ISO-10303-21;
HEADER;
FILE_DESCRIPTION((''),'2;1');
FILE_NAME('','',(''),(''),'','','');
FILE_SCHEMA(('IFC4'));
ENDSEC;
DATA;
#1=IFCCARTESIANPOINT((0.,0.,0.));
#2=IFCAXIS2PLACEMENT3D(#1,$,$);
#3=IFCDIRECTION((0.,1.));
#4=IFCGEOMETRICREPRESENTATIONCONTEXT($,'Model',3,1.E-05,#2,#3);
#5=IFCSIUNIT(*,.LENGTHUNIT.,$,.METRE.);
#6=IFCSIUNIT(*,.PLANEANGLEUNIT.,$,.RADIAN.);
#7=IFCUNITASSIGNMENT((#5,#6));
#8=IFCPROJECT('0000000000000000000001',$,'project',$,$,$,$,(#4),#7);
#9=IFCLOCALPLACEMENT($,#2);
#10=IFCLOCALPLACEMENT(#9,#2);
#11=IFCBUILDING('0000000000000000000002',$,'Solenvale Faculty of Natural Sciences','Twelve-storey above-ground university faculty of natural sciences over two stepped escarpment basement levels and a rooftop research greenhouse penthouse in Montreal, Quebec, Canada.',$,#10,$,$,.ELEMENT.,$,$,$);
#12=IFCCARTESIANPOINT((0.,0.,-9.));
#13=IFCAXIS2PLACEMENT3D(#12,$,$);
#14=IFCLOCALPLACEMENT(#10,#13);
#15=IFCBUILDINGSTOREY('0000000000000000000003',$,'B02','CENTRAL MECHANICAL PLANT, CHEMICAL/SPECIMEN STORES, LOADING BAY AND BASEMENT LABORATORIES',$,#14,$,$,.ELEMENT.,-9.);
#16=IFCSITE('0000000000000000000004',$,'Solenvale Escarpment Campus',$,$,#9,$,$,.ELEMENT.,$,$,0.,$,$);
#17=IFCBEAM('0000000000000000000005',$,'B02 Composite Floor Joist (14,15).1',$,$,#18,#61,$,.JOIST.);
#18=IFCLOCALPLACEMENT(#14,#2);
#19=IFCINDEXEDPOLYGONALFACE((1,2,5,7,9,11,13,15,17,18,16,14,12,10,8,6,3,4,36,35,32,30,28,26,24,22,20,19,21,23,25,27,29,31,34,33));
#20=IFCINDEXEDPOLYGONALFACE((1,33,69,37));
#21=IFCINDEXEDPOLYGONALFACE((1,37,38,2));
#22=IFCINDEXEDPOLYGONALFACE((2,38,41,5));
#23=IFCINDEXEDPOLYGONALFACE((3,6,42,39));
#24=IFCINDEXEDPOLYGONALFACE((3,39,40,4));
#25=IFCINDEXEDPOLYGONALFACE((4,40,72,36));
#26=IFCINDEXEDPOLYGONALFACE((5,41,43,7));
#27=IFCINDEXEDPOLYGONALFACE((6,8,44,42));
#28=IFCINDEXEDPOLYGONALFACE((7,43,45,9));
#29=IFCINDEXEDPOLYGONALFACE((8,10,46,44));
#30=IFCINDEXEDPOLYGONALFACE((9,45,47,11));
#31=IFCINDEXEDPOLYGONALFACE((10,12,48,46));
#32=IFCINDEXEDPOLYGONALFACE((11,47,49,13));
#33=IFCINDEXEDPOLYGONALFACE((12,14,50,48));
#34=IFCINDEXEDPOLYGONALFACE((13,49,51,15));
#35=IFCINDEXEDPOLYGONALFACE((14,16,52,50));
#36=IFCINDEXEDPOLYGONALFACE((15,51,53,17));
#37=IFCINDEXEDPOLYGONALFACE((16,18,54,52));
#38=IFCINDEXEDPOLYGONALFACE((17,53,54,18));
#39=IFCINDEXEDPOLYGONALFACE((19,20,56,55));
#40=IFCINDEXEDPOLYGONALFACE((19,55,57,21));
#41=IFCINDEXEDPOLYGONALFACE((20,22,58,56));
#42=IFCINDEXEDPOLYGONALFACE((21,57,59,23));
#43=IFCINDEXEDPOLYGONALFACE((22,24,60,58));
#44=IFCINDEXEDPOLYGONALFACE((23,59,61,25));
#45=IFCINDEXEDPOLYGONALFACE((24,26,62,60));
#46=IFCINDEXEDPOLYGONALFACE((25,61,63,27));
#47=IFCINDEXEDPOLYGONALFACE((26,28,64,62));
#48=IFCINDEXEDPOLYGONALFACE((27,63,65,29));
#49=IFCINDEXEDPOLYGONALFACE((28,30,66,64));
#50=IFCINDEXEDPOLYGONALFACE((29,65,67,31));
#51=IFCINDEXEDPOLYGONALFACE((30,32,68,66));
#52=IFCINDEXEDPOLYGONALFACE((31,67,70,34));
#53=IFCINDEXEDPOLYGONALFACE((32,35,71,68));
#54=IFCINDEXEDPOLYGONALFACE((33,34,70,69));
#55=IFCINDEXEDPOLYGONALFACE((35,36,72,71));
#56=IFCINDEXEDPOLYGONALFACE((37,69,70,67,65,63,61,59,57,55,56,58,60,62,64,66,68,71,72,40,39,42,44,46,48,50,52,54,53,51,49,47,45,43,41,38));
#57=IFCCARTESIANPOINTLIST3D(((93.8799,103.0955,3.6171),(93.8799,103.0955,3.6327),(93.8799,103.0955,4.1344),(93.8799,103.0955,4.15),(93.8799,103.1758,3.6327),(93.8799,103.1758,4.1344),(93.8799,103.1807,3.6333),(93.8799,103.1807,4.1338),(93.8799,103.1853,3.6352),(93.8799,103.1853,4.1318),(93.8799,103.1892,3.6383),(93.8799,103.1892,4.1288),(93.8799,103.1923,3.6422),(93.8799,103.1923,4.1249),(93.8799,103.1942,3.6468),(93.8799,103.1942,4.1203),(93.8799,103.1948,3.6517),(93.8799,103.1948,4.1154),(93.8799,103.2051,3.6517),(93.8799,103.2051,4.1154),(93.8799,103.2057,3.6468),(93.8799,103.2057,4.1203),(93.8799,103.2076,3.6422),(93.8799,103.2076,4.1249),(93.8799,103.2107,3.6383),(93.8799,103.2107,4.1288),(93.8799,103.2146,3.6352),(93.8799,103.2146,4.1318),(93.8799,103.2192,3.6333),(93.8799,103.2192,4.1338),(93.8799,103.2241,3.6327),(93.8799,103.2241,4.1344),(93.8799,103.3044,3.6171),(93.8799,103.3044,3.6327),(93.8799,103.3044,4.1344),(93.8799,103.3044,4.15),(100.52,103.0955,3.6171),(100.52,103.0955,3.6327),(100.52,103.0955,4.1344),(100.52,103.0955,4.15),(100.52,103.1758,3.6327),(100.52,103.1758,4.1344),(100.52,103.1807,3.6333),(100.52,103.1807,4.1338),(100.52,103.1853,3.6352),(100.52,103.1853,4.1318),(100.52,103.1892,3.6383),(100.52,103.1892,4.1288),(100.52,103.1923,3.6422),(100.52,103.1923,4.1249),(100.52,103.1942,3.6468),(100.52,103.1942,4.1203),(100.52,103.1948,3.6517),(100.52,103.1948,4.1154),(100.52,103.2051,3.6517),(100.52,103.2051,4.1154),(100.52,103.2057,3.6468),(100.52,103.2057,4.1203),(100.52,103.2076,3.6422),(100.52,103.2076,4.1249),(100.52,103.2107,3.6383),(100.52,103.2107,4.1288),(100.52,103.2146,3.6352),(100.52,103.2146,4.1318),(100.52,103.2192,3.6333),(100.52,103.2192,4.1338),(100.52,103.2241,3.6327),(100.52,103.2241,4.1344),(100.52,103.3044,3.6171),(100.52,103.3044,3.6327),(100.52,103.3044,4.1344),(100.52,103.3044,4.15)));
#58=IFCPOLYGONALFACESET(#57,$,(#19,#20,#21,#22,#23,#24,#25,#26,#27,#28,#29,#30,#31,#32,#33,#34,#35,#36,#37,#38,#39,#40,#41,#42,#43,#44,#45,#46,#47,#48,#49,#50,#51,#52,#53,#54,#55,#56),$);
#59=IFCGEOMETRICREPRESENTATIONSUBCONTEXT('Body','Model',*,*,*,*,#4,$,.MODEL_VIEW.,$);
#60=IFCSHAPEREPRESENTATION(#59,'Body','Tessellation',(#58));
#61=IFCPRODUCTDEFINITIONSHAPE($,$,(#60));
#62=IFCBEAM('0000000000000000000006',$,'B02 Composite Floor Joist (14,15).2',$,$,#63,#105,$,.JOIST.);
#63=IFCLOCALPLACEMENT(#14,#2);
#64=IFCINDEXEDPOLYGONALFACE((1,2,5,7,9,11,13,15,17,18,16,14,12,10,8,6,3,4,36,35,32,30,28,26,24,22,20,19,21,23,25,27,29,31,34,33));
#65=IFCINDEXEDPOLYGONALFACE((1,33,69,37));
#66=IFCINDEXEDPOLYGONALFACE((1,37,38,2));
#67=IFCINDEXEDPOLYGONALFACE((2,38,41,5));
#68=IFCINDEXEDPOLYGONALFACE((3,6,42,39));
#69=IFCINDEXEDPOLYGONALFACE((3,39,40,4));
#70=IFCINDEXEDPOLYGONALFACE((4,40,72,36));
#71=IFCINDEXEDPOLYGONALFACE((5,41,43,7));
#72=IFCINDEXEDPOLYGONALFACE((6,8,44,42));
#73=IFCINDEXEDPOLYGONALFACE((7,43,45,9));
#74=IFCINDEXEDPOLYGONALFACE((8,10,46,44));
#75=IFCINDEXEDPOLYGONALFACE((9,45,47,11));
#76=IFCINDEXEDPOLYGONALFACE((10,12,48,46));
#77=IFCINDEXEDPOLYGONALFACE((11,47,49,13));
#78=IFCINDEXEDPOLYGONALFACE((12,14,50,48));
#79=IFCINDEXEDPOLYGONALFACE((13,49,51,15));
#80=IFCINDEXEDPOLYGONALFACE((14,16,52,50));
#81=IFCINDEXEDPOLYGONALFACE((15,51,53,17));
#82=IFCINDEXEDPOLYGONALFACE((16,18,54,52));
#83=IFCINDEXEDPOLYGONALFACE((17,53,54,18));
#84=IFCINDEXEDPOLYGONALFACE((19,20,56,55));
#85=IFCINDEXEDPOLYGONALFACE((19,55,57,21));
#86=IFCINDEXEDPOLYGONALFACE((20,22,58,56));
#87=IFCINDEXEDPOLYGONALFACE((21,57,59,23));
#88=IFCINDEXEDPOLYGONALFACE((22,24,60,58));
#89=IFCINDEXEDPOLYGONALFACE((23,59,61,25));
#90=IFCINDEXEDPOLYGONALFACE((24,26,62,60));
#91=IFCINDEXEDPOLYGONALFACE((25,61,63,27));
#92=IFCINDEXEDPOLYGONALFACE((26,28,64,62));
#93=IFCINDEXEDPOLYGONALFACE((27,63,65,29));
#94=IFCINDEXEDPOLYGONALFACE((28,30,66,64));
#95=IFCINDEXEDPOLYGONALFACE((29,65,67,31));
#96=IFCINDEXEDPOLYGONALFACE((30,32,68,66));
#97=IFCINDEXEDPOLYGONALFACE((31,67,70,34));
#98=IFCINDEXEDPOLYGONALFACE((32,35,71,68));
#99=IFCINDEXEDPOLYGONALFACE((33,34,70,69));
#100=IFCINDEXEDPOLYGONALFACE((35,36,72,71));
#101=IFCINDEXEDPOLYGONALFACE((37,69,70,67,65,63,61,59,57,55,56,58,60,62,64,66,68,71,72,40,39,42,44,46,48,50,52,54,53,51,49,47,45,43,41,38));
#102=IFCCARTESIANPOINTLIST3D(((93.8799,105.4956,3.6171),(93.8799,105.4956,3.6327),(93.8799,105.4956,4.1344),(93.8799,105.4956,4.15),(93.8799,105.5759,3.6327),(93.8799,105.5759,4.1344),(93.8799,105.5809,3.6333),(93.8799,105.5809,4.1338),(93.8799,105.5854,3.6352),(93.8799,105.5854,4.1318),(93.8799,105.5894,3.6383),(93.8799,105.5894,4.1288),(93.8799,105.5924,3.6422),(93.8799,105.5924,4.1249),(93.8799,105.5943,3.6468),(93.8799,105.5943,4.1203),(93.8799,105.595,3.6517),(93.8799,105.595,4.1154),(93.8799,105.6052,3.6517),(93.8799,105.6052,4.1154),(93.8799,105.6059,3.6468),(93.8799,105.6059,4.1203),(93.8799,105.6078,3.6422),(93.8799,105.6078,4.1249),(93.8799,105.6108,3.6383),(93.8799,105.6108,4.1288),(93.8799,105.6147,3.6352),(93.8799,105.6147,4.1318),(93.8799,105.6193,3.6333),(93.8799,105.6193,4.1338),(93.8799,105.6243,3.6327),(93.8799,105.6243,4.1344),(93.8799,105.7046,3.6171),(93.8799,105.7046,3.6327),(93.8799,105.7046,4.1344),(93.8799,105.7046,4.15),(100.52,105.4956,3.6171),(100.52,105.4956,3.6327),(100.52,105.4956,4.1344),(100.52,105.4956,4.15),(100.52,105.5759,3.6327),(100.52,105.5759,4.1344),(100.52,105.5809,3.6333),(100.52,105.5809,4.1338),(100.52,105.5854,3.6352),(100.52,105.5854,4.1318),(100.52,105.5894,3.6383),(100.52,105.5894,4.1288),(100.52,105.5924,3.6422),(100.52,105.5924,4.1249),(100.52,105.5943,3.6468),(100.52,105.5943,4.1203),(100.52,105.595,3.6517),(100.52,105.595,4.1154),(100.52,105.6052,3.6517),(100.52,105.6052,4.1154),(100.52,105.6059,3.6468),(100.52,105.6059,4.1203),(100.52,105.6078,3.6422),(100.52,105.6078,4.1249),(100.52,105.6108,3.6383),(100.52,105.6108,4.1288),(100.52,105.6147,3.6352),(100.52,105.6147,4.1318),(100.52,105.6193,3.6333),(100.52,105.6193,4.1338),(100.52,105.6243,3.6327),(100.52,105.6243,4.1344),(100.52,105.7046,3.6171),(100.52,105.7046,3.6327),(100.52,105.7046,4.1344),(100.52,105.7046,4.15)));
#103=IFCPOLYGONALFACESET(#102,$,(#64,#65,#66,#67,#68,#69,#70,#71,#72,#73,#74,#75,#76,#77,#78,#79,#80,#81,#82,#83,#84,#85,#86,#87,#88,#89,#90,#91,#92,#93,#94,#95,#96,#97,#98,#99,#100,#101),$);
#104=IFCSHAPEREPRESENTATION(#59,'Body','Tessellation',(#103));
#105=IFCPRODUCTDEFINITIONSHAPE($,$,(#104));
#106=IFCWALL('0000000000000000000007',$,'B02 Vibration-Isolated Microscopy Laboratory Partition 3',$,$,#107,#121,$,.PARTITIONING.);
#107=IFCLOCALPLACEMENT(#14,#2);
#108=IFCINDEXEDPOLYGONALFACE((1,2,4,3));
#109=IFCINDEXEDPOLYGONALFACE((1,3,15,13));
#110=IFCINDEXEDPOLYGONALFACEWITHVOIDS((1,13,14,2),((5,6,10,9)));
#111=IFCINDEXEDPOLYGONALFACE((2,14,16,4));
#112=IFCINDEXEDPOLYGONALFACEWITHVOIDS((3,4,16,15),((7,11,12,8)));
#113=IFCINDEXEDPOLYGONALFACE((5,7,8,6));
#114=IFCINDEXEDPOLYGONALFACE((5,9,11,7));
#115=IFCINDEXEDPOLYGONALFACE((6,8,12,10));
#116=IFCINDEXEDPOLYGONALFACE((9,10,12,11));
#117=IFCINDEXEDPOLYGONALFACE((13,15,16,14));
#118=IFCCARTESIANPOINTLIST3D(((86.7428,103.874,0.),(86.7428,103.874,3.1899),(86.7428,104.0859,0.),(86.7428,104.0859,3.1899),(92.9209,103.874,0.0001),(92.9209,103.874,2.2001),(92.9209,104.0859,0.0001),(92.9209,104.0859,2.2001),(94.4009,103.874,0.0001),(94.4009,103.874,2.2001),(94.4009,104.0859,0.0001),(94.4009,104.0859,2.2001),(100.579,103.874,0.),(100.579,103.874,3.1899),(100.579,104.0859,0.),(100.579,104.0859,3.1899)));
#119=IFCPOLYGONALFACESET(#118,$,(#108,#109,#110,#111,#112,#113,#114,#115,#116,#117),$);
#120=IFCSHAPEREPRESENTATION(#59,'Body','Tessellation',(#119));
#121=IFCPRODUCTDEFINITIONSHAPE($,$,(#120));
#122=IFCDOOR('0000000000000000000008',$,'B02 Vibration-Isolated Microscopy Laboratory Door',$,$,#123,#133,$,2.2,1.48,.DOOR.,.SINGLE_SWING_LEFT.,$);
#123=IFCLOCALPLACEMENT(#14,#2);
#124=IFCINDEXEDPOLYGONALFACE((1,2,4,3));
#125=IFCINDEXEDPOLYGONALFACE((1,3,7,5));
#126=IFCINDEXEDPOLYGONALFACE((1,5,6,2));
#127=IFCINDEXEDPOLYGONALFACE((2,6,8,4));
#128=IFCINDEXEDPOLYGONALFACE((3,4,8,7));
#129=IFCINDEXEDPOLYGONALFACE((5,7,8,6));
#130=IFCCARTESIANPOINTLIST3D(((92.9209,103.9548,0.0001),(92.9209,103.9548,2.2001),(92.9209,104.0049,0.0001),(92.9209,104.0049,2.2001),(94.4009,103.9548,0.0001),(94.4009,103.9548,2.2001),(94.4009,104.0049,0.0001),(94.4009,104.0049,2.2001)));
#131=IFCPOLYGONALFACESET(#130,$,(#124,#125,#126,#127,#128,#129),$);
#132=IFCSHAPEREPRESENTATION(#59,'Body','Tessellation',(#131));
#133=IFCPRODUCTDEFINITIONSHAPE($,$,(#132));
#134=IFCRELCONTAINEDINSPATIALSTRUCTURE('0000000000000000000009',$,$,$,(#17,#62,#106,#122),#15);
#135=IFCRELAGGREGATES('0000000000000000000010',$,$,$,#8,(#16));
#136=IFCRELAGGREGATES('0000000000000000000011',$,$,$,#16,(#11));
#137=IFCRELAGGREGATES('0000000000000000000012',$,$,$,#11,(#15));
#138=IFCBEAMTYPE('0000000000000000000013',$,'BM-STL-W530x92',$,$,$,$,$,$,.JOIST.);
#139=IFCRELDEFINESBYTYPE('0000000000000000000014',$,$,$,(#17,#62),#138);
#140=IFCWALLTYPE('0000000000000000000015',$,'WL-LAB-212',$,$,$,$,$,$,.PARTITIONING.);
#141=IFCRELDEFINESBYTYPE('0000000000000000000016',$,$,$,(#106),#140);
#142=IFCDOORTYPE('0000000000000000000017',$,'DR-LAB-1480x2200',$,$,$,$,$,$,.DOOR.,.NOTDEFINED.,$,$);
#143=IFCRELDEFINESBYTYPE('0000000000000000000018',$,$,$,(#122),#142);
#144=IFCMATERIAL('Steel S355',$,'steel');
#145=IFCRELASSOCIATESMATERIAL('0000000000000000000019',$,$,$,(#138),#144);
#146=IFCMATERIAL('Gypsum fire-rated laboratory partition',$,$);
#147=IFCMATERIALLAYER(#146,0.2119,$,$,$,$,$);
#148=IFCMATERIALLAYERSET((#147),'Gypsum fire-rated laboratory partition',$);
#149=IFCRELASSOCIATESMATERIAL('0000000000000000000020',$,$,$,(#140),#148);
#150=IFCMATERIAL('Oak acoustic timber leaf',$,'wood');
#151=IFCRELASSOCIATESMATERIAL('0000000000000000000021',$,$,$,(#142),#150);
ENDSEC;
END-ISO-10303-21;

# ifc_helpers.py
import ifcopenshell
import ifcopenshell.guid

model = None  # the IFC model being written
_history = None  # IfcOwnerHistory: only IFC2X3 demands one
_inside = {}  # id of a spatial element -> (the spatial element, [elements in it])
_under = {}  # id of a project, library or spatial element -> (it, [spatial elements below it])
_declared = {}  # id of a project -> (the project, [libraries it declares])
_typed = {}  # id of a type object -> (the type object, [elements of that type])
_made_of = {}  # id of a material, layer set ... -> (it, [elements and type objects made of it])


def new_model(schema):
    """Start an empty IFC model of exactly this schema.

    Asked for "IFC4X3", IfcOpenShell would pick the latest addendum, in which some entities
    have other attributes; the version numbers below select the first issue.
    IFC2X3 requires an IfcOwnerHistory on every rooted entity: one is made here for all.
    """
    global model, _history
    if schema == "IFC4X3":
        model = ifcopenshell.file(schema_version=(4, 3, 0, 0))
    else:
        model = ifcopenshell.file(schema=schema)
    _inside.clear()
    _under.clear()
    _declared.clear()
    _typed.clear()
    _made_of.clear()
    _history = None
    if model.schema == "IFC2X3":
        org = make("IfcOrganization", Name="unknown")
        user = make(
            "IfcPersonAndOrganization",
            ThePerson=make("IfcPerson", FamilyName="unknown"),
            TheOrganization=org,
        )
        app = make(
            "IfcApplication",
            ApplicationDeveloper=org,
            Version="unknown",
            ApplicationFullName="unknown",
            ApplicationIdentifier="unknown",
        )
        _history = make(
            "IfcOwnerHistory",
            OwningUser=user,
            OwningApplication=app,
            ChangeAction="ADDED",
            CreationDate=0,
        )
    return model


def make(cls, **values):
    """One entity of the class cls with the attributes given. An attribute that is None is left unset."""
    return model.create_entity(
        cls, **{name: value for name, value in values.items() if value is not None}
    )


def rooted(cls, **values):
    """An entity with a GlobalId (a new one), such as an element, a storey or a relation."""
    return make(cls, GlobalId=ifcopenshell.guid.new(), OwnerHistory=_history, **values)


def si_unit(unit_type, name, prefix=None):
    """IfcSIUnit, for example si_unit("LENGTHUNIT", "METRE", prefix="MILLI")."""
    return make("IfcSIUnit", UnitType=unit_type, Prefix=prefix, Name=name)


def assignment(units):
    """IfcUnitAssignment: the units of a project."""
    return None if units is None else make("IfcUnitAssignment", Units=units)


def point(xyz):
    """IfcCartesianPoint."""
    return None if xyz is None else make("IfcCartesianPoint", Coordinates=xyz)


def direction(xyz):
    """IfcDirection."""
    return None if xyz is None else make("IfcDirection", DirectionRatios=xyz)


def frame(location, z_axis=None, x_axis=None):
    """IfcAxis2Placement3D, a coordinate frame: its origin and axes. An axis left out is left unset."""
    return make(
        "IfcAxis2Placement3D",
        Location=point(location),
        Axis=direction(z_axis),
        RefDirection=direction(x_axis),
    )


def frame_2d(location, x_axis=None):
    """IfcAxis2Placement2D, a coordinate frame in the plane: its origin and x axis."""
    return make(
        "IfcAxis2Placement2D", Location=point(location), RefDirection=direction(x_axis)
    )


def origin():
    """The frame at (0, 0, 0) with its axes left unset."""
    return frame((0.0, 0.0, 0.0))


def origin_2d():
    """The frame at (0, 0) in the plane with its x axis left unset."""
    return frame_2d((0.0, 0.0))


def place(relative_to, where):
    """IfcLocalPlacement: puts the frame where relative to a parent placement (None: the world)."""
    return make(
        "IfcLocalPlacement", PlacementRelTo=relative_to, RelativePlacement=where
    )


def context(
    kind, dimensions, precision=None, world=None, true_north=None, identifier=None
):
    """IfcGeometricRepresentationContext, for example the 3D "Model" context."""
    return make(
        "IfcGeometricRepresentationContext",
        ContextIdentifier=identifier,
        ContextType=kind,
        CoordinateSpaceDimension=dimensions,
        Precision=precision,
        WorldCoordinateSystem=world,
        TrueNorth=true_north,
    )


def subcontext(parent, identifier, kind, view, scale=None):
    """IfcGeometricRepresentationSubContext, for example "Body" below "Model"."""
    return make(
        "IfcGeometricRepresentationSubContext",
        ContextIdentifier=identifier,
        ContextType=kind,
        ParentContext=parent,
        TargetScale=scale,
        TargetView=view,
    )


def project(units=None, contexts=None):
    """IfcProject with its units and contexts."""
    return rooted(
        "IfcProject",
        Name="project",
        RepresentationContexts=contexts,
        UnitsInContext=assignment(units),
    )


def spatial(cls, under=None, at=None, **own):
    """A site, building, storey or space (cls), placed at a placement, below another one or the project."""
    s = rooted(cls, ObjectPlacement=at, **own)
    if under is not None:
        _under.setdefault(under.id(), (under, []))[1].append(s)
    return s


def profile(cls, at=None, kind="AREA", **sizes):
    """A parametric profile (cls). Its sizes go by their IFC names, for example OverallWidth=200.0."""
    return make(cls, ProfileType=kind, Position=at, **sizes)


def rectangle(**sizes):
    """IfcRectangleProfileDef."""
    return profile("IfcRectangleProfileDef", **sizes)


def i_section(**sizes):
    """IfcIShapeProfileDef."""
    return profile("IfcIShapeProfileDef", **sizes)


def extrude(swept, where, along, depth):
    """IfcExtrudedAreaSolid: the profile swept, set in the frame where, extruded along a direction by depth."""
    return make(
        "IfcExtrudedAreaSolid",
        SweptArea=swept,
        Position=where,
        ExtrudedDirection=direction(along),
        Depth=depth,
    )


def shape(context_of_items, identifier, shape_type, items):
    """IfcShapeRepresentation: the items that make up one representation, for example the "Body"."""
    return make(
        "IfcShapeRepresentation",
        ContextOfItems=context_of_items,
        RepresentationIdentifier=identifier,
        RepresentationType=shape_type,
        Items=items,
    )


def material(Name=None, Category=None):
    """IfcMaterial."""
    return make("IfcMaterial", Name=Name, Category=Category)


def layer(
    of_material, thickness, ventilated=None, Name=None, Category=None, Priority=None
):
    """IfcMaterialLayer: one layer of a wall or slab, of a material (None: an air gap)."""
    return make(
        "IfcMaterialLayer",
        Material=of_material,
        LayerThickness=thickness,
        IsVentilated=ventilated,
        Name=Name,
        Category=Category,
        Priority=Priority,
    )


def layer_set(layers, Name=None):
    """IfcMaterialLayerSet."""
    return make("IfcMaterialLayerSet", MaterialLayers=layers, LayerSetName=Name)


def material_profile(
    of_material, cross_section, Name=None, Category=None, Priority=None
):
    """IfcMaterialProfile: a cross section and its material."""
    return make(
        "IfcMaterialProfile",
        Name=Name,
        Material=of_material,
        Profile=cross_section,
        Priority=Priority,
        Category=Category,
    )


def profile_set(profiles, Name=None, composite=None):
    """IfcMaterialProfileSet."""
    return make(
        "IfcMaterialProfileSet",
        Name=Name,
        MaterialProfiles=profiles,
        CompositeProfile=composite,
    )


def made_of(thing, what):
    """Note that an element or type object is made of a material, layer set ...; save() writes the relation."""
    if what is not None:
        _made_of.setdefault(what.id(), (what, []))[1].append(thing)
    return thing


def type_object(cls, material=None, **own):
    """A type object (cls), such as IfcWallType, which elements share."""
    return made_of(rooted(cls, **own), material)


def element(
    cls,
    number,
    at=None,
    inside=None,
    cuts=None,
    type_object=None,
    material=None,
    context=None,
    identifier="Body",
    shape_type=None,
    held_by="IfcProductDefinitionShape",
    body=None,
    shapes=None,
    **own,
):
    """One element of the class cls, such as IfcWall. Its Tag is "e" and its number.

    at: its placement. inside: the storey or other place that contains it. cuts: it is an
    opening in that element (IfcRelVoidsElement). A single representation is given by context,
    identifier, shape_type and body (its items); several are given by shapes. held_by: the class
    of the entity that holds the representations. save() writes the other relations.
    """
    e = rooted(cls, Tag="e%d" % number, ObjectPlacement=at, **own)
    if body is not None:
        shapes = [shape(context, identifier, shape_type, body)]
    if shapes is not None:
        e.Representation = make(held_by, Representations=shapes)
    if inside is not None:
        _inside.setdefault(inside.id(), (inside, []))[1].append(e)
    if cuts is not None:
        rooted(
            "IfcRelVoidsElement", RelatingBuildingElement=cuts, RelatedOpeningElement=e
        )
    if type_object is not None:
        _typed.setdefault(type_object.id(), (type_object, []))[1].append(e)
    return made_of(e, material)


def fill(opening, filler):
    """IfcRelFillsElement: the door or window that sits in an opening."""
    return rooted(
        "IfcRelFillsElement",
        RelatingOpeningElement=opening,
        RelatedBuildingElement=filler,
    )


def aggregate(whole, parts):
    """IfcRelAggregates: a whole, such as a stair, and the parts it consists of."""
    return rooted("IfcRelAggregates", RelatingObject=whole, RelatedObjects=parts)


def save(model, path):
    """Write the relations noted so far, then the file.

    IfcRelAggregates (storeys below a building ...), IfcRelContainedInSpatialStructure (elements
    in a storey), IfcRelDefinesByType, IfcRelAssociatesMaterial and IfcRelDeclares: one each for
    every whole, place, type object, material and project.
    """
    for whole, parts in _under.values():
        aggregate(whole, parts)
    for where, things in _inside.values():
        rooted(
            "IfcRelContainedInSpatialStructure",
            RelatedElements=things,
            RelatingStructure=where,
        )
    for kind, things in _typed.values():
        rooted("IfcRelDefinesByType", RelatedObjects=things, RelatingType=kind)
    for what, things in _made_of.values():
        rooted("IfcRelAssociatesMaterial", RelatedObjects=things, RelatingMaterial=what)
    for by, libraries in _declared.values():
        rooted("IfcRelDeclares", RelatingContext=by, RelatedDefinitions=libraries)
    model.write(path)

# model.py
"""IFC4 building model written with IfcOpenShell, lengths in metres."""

from ifc_helpers import new_model, si_unit, direction, frame, frame_2d, origin, origin_2d, place, context, subcontext, project, spatial, rectangle, i_section, extrude, material, layer, layer_set, material_profile, profile_set, type_object, element, fill, save


model = new_model("IFC4")

# Units and contexts
model_context = context("Model", 3, precision=1e-05, world=origin(), true_north=direction((0.0, 1.0)))
body_context = subcontext(model_context, "Body", "Model", "MODEL_VIEW")
ifc_project = project(units=[si_unit("LENGTHUNIT", "METRE"), si_unit("PLANEANGLEUNIT", "RADIAN")], contexts=[model_context])

# Site, building, storey
site_placement = place(None, origin())
site = spatial("IfcSite", under=ifc_project, at=site_placement, Name="Solenvale Escarpment Campus", CompositionType="ELEMENT", RefElevation=0.0)
building_placement = place(site_placement, origin())
building = spatial("IfcBuilding", under=site, at=building_placement, Name="Solenvale Faculty of Natural Sciences", Description="Twelve-storey above-ground university faculty of natural sciences over two stepped escarpment basement levels and a rooftop research greenhouse penthouse in Montreal, Quebec, Canada.", CompositionType="ELEMENT")
storey_placement = place(building_placement, frame((0.0, 0.0, -9.0)))
storey = spatial("IfcBuildingStorey", under=building, at=storey_placement, Name="B02", Description="CENTRAL MECHANICAL PLANT, CHEMICAL/SPECIMEN STORES, LOADING BAY AND BASEMENT LABORATORIES", CompositionType="ELEMENT", Elevation=-9.0)

# Beams
ifc_material_1 = material(Name="Steel S355", Category="steel")
ifc_material_profile_1 = material_profile(ifc_material_1, i_section(OverallWidth=0.209, OverallDepth=0.533, WebThickness=0.0103, FlangeThickness=0.0156, FilletRadius=0.019, at=origin_2d()), Name="W530x92")
ifc_profile_set_1 = profile_set([ifc_material_profile_1], Name="Steel S355")
beam_type_1 = type_object("IfcBeamType", Name="BM-STL-W530x92", PredefinedType="JOIST", material=ifc_profile_set_1)
for number, where, z_axis, x_axis, name in (
    (1, (93.8799, 103.2, 3.8835), (1.0, 0.0, 0.0), (0.0, 1.0, 0.0), "B02 Composite Floor Joist (14,15).1"),
    (2, (93.8799, 105.6001, 3.8835), (1.0, 0.0, 0.0), (0.0, 1.0, 0.0), "B02 Composite Floor Joist (14,15).2"),
):
    element("IfcBeam", number, at=place(storey_placement, frame(where, z_axis=z_axis, x_axis=x_axis)), inside=storey, type_object=beam_type_1, Name=name, PredefinedType="JOIST", context=body_context, shape_type="SweptSolid", body=[
        extrude(i_section(OverallWidth=0.209, OverallDepth=0.533, WebThickness=0.0103, FlangeThickness=0.0156, FilletRadius=0.019, at=origin_2d()), origin(), (0.0, 0.0, 1.0), 6.6401),
    ])

# Wall, opening, door
ifc_material_2 = material(Name="Gypsum fire-rated laboratory partition")
ifc_layer = layer(ifc_material_2, 0.2119)
ifc_layer_set = layer_set([ifc_layer], Name="Gypsum fire-rated laboratory partition")
wall_type = type_object("IfcWallType", Name="WL-LAB-212", PredefinedType="PARTITIONING", material=ifc_layer_set)
wall_placement = place(storey_placement, frame((86.7429, 103.98, 0.0), z_axis=(0.0, 0.0, 1.0), x_axis=(1.0, 0.0, 0.0)))
wall = element("IfcWall", 3, at=wall_placement, inside=storey, type_object=wall_type, Name="B02 Vibration-Isolated Microscopy Laboratory Partition 3", PredefinedType="PARTITIONING", context=body_context, shape_type="SweptSolid", body=[
    extrude(rectangle(XDim=13.8362, YDim=0.2119, at=frame_2d((6.918, 0.0))), origin(), (0.0, 0.0, 1.0), 3.1899),
])
opening_placement = place(wall_placement, frame((6.178, 0.0, 0.0)))
opening = element("IfcOpeningElement", 4, at=opening_placement, cuts=wall, PredefinedType="OPENING", context=body_context, shape_type="SweptSolid", body=[
    extrude(rectangle(XDim=1.48, YDim=2.2, at=frame_2d((0.74, 1.1001))), frame((0.0, 0.116, 0.0), z_axis=(0.0, -1.0, 0.0), x_axis=(1.0, 0.0, 0.0)), (0.0, 0.0, 1.0), 0.2319),
])
ifc_material_3 = material(Name="Oak acoustic timber leaf", Category="wood")
door_type = type_object("IfcDoorType", Name="DR-LAB-1480x2200", OperationType="NOTDEFINED", PredefinedType="DOOR", material=ifc_material_3)
door_placement = place(opening_placement, origin())
door = element("IfcDoor", 5, at=door_placement, inside=storey, type_object=door_type, Name="B02 Vibration-Isolated Microscopy Laboratory Door", OperationType="SINGLE_SWING_LEFT", OverallHeight=2.2, OverallWidth=1.48, PredefinedType="DOOR", context=body_context, shape_type="SweptSolid", body=[
    extrude(rectangle(XDim=1.48, YDim=2.2, at=frame_2d((0.74, 1.1001))), frame((0.0, 0.0249, 0.0), z_axis=(0.0, -1.0, 0.0), x_axis=(1.0, 0.0, 0.0)), (0.0, 0.0, 1.0), 0.05),
])
fill(opening, door)

save(model, "model.ifc")
